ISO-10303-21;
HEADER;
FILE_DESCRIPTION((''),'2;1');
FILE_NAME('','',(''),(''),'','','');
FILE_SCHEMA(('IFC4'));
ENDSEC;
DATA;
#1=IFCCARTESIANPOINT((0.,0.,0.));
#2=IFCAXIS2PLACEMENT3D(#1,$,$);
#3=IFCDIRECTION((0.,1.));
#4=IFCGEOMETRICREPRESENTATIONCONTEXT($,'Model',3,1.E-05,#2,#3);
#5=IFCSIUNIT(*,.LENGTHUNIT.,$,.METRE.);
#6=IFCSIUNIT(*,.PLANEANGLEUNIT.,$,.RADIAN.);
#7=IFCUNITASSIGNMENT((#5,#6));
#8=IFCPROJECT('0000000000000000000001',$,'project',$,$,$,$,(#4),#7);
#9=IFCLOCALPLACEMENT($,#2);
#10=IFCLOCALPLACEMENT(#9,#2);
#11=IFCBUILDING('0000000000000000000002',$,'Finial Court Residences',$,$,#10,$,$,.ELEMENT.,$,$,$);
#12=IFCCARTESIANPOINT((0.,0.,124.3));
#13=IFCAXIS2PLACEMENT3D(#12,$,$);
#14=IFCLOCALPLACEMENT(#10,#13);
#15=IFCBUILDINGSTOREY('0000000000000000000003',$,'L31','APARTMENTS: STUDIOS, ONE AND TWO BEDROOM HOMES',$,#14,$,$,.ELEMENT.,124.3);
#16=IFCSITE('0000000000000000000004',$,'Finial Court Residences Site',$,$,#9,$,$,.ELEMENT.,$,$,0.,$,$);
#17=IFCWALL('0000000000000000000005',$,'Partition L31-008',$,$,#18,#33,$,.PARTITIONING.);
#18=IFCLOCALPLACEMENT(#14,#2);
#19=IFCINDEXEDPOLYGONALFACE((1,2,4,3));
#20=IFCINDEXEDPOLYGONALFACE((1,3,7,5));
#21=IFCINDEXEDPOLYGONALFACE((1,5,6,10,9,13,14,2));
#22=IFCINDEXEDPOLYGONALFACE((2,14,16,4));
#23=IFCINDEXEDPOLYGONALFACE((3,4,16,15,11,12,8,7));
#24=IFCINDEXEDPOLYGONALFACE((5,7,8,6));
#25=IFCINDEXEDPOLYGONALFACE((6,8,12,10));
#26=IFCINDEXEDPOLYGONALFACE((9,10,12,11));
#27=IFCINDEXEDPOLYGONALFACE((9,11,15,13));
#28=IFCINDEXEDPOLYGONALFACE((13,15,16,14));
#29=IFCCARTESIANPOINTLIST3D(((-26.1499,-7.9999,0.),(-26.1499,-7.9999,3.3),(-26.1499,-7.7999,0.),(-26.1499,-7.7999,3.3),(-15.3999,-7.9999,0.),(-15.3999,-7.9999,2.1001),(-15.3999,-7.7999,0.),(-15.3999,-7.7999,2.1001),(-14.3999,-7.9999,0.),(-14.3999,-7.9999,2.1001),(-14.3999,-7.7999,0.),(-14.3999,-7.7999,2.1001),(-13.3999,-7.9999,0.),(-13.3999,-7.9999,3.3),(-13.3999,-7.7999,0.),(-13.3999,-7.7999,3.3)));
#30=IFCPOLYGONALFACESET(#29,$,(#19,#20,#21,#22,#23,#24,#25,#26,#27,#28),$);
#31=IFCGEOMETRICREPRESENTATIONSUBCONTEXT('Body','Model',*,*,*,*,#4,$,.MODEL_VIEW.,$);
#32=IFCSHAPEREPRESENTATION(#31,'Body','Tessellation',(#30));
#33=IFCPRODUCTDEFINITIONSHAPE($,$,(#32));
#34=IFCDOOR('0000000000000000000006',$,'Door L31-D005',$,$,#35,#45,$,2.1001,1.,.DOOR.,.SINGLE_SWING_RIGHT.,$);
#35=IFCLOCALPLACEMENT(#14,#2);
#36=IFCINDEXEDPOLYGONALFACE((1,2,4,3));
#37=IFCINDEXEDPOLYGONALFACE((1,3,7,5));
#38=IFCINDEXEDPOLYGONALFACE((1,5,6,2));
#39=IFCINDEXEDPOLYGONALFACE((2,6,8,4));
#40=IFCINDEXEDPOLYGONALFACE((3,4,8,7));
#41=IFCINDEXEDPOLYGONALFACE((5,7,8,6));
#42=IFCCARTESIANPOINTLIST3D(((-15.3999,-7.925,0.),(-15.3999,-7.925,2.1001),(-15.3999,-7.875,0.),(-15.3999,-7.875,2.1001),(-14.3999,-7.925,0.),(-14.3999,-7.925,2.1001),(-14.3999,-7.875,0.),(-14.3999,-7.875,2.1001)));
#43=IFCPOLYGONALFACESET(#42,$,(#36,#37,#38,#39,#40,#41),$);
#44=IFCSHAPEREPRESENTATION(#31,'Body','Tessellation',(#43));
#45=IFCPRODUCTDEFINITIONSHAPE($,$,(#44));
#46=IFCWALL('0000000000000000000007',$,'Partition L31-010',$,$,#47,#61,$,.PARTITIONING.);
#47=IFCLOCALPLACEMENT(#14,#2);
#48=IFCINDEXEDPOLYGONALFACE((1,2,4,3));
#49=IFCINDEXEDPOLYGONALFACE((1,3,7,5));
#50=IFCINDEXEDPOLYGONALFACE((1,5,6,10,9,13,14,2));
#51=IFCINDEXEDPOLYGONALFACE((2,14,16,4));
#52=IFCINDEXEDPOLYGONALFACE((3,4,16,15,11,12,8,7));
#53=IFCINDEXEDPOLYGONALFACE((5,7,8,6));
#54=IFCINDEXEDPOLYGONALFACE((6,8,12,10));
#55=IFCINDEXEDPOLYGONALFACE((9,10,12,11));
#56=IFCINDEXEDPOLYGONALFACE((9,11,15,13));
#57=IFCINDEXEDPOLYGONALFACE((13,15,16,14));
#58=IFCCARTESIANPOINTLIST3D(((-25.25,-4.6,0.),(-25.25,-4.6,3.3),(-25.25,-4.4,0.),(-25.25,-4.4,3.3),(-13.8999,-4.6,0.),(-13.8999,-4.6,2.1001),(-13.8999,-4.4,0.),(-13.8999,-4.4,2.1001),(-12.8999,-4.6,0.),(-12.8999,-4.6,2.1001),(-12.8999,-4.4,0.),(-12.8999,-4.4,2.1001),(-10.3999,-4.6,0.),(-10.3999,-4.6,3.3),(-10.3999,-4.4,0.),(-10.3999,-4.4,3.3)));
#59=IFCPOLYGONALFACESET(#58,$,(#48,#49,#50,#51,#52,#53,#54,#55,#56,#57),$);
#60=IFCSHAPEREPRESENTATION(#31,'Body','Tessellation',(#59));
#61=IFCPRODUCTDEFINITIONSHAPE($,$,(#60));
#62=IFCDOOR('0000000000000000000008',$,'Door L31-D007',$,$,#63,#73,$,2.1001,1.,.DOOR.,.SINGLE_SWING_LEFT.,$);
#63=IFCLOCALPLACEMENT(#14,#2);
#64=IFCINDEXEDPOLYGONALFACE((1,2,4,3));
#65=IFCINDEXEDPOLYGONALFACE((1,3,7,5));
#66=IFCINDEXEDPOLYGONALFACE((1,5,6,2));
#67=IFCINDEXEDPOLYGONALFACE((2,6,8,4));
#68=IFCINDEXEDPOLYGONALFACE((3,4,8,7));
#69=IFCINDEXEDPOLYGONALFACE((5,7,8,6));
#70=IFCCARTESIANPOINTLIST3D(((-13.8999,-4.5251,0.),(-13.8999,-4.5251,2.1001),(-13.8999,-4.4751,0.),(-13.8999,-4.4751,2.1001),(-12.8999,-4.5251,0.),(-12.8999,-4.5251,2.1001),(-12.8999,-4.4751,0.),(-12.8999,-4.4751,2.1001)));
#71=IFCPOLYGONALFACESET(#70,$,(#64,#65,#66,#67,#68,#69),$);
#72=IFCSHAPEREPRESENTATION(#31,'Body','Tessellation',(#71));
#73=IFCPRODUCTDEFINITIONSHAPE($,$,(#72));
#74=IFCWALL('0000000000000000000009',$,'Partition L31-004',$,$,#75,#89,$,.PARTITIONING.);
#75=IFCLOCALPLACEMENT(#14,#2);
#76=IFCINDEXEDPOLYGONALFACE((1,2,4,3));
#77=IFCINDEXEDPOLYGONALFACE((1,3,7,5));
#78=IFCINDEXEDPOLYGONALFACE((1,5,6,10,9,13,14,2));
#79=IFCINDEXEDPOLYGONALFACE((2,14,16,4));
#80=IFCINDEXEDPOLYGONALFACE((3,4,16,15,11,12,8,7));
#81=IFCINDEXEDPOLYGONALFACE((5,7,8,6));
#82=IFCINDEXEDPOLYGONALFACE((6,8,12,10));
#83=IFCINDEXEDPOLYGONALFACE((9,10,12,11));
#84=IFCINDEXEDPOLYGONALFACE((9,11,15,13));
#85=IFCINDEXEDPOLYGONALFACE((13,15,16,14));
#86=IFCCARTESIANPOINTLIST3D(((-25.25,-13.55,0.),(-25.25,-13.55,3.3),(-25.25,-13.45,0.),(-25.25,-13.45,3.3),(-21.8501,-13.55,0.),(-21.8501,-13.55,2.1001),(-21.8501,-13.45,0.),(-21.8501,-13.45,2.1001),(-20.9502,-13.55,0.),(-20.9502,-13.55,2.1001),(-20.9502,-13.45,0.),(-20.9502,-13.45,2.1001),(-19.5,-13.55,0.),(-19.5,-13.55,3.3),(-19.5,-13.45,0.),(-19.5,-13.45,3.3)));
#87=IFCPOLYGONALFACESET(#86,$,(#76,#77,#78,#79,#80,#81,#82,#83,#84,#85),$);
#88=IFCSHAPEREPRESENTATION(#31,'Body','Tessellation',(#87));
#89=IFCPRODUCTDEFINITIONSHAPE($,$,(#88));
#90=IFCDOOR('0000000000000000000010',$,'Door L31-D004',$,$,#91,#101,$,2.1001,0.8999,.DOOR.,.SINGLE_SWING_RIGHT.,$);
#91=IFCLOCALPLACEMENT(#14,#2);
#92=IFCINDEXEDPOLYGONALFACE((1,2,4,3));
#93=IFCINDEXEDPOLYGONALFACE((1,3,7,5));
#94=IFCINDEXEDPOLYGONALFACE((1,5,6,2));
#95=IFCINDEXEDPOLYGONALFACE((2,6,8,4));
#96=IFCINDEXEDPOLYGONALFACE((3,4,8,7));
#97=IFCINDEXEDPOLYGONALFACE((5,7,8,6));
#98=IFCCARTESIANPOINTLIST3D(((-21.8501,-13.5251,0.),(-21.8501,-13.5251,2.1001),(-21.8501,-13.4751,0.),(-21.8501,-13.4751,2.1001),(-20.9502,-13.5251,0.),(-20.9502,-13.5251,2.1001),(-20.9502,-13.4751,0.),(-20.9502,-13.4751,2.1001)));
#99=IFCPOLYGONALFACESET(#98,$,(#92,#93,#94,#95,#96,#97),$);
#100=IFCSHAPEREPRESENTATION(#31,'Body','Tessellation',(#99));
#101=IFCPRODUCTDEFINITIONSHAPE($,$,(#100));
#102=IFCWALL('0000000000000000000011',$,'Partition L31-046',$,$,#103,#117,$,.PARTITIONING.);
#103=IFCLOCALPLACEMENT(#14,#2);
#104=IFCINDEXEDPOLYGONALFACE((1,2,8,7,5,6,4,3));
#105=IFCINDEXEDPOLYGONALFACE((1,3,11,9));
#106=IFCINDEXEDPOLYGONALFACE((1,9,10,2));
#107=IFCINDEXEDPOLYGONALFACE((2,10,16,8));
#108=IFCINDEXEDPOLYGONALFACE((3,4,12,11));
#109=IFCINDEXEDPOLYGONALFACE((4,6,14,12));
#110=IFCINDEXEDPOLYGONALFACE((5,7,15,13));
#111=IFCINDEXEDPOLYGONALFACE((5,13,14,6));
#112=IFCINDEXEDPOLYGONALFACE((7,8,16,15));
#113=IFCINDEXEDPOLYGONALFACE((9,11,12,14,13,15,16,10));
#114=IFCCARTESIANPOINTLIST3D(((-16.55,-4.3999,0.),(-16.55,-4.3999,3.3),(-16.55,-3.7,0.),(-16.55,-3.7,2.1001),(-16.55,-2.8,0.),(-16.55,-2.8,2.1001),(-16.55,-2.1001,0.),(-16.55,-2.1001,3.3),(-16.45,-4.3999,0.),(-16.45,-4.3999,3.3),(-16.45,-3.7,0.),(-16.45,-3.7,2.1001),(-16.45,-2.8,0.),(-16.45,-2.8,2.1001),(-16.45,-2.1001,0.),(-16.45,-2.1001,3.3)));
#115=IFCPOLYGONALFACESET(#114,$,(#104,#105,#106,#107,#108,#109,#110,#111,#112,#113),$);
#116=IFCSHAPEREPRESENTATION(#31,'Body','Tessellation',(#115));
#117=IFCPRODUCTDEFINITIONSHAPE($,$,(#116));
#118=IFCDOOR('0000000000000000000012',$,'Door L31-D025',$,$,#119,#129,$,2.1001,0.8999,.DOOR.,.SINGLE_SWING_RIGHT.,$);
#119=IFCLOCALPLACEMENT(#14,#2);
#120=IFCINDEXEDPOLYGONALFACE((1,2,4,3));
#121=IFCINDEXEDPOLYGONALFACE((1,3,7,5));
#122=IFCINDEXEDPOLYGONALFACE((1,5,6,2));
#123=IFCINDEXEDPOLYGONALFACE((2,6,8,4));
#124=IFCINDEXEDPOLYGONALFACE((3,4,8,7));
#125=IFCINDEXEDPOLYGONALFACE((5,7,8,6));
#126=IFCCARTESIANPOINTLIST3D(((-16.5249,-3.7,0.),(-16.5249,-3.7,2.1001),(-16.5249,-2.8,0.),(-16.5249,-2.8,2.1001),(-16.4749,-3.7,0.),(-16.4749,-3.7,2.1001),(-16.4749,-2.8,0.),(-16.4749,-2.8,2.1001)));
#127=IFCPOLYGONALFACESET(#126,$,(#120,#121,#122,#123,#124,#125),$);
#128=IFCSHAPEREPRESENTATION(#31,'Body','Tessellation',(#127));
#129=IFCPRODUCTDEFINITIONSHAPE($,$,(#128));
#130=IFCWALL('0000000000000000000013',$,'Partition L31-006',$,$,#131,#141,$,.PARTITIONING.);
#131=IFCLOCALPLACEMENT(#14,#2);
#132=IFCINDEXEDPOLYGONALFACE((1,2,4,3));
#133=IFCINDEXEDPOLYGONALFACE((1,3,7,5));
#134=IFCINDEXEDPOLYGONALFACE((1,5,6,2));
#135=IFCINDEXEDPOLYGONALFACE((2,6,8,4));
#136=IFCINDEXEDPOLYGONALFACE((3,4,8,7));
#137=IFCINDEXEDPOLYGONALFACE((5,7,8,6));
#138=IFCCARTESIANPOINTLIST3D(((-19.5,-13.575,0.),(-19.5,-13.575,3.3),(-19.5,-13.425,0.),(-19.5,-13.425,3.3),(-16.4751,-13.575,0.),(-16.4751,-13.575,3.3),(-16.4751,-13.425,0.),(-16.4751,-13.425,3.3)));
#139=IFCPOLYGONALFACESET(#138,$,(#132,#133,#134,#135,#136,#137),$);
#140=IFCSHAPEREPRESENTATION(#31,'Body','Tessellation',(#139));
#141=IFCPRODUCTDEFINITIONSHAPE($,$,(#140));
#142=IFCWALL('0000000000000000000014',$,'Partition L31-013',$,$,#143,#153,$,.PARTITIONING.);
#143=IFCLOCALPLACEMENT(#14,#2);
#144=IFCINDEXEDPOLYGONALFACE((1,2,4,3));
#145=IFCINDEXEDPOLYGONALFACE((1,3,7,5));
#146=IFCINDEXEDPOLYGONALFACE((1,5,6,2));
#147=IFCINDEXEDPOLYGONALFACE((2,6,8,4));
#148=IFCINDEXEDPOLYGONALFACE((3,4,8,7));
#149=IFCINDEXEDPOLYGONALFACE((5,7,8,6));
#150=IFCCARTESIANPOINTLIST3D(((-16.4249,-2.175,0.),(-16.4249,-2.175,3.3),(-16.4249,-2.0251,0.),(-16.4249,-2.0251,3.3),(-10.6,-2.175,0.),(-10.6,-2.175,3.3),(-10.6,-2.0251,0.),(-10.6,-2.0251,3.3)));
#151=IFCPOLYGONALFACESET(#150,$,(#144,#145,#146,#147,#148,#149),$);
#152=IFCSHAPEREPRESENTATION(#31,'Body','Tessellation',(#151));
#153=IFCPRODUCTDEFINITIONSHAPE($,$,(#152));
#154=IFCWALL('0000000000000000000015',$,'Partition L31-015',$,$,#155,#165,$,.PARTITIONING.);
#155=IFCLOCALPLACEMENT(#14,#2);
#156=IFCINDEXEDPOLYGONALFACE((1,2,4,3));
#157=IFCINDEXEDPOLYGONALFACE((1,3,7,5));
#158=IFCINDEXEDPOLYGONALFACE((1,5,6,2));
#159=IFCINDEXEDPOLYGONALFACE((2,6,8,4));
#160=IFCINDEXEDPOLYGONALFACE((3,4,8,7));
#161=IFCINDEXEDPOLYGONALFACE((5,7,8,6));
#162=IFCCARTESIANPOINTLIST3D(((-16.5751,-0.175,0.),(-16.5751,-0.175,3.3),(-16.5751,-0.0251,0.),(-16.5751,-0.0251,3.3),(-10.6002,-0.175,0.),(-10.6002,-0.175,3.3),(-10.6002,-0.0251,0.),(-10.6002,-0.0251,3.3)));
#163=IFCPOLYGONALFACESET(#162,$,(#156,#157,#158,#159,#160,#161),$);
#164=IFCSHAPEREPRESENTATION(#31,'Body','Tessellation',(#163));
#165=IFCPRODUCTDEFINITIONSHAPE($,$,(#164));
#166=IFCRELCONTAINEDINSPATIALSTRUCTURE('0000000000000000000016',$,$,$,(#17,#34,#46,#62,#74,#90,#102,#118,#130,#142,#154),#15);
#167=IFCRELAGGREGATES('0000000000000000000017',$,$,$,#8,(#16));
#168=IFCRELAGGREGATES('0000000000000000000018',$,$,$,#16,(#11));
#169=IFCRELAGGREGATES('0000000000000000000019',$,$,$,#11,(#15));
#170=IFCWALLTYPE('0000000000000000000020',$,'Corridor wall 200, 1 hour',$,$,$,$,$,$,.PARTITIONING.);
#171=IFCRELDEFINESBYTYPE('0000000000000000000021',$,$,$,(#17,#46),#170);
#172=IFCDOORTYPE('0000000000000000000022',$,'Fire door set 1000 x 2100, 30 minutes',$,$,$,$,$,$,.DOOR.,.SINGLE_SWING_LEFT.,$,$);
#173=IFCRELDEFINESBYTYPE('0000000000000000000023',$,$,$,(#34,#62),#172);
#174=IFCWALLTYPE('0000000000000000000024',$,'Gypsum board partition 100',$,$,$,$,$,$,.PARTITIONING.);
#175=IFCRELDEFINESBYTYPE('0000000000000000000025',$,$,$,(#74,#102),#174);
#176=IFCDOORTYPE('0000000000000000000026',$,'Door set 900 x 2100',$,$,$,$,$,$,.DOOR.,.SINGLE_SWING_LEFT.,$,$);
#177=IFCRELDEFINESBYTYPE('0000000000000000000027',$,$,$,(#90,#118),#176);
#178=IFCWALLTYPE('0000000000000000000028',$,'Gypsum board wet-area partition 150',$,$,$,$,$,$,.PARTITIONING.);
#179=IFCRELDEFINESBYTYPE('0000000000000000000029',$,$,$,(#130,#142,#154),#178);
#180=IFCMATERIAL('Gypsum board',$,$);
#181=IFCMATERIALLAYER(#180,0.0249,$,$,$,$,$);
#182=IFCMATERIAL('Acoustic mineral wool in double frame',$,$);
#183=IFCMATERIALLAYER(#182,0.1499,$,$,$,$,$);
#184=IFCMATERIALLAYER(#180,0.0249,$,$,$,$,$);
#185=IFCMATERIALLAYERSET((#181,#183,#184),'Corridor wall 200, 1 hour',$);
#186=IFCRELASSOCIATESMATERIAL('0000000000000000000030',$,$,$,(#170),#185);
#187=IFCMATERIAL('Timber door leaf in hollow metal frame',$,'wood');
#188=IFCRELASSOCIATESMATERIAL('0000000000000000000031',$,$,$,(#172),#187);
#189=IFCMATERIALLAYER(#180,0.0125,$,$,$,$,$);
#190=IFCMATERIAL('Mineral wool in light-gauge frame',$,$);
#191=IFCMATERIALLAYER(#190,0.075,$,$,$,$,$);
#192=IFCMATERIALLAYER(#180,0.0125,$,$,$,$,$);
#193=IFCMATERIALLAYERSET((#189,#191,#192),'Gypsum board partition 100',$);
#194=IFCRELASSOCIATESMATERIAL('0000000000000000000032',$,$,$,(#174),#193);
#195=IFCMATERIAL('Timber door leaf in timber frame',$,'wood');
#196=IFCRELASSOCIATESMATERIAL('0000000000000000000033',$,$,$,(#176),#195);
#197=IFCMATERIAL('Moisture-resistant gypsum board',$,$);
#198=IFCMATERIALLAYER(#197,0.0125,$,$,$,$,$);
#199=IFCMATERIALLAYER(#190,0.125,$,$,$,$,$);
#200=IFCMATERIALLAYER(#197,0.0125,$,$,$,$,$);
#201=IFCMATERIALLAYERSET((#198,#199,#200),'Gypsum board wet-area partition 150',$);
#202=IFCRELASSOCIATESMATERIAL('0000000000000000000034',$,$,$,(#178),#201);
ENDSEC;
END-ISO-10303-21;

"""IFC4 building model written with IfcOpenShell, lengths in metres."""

from ifc_helpers import new_model, si_unit, direction, frame, frame_2d, origin, place, context, subcontext, project, spatial, rectangle, extrude, material, layer, layer_set, type_object, element, fill, save


model = new_model("IFC4")

# Units and contexts
model_context = context("Model", 3, precision=1e-05, world=origin(), true_north=direction((0.0, 1.0)))
body_context = subcontext(model_context, "Body", "Model", "MODEL_VIEW")
ifc_project = project(units=[si_unit("LENGTHUNIT", "METRE"), si_unit("PLANEANGLEUNIT", "RADIAN")], contexts=[model_context])

# Site, building, storey
site_placement = place(None, origin())
site = spatial("IfcSite", under=ifc_project, at=site_placement, Name="Finial Court Residences Site", CompositionType="ELEMENT", RefElevation=0.0)
building_placement = place(site_placement, origin())
building = spatial("IfcBuilding", under=site, at=building_placement, Name="Finial Court Residences", CompositionType="ELEMENT")
storey_placement = place(building_placement, frame((0.0, 0.0, 124.3)))
storey = spatial("IfcBuildingStorey", under=building, at=storey_placement, Name="L31", Description="APARTMENTS: STUDIOS, ONE AND TWO BEDROOM HOMES", CompositionType="ELEMENT", Elevation=124.3)

# Walls, openings, doors
ifc_material_1 = material(Name="Gypsum board")
ifc_layer_1 = layer(ifc_material_1, 0.0249)
ifc_material_2 = material(Name="Acoustic mineral wool in double frame")
ifc_layer_2 = layer(ifc_material_2, 0.1499)
ifc_layer_3 = layer(ifc_material_1, 0.0249)
ifc_layer_set_1 = layer_set([ifc_layer_1, ifc_layer_2, ifc_layer_3], Name="Corridor wall 200, 1 hour")
wall_type_1 = type_object("IfcWallType", Name="Corridor wall 200, 1 hour", PredefinedType="PARTITIONING", material=ifc_layer_set_1)
wall_1_placement = place(storey_placement, frame((-26.1499, -7.8999, 0.0), z_axis=(0.0, 0.0, 1.0), x_axis=(1.0, 0.0, 0.0)))
wall_1 = element("IfcWall", 1, at=wall_1_placement, inside=storey, type_object=wall_type_1, Name="Partition L31-008", PredefinedType="PARTITIONING", context=body_context, shape_type="SweptSolid", body=[
    extrude(rectangle(XDim=12.75, YDim=0.2, at=frame_2d((6.375, 0.0))), origin(), (0.0, 0.0, 1.0), 3.3),
])
opening_1_placement = place(wall_1_placement, frame((10.75, 0.0, 0.0)))
opening_1 = element("IfcOpeningElement", 2, at=opening_1_placement, cuts=wall_1, PredefinedType="OPENING", context=body_context, shape_type="SweptSolid", body=[
    extrude(rectangle(XDim=1.0, YDim=2.1001, at=frame_2d((0.5, 1.05))), frame((0.0, 0.1099, 0.0), z_axis=(0.0, -1.0, 0.0), x_axis=(1.0, 0.0, 0.0)), (0.0, 0.0, 1.0), 0.22),
])
ifc_material_3 = material(Name="Timber door leaf in hollow metal frame", Category="wood")
door_type_1 = type_object("IfcDoorType", Name="Fire door set 1000 x 2100, 30 minutes", OperationType="SINGLE_SWING_LEFT", PredefinedType="DOOR", material=ifc_material_3)
door_1_placement = place(opening_1_placement, origin())
door_1 = element("IfcDoor", 3, at=door_1_placement, inside=storey, type_object=door_type_1, Name="Door L31-D005", OperationType="SINGLE_SWING_RIGHT", OverallHeight=2.1001, OverallWidth=1.0, PredefinedType="DOOR", context=body_context, shape_type="SweptSolid", body=[
    extrude(rectangle(XDim=1.0, YDim=2.1001, at=frame_2d((0.5, 1.05))), frame((0.0, 0.0249, 0.0), z_axis=(0.0, -1.0, 0.0), x_axis=(1.0, 0.0, 0.0)), (0.0, 0.0, 1.0), 0.05),
])
fill(opening_1, door_1)
wall_2_placement = place(storey_placement, frame((-25.25, -4.5, 0.0), z_axis=(0.0, 0.0, 1.0), x_axis=(1.0, 0.0, 0.0)))
wall_2 = element("IfcWall", 4, at=wall_2_placement, inside=storey, type_object=wall_type_1, Name="Partition L31-010", PredefinedType="PARTITIONING", context=body_context, shape_type="SweptSolid", body=[
    extrude(rectangle(XDim=14.8501, YDim=0.2, at=frame_2d((7.425, 0.0))), origin(), (0.0, 0.0, 1.0), 3.3),
])
opening_2_placement = place(wall_2_placement, frame((11.3501, 0.0, 0.0)))
opening_2 = element("IfcOpeningElement", 5, at=opening_2_placement, cuts=wall_2, PredefinedType="OPENING", context=body_context, shape_type="SweptSolid", body=[
    extrude(rectangle(XDim=1.0, YDim=2.1001, at=frame_2d((0.5, 1.05))), frame((0.0, 0.1099, 0.0), z_axis=(0.0, -1.0, 0.0), x_axis=(1.0, 0.0, 0.0)), (0.0, 0.0, 1.0), 0.22),
])
door_2_placement = place(opening_2_placement, origin())
door_2 = element("IfcDoor", 6, at=door_2_placement, inside=storey, type_object=door_type_1, Name="Door L31-D007", OperationType="SINGLE_SWING_LEFT", OverallHeight=2.1001, OverallWidth=1.0, PredefinedType="DOOR", context=body_context, shape_type="SweptSolid", body=[
    extrude(rectangle(XDim=1.0, YDim=2.1001, at=frame_2d((0.5, 1.05))), frame((0.0, 0.0249, 0.0), z_axis=(0.0, -1.0, 0.0), x_axis=(1.0, 0.0, 0.0)), (0.0, 0.0, 1.0), 0.05),
])
fill(opening_2, door_2)
ifc_layer_4 = layer(ifc_material_1, 0.0125)
ifc_material_4 = material(Name="Mineral wool in light-gauge frame")
ifc_layer_5 = layer(ifc_material_4, 0.075)
ifc_layer_6 = layer(ifc_material_1, 0.0125)
ifc_layer_set_2 = layer_set([ifc_layer_4, ifc_layer_5, ifc_layer_6], Name="Gypsum board partition 100")
wall_type_2 = type_object("IfcWallType", Name="Gypsum board partition 100", PredefinedType="PARTITIONING", material=ifc_layer_set_2)
wall_3_placement = place(storey_placement, frame((-25.25, -13.5, 0.0), z_axis=(0.0, 0.0, 1.0), x_axis=(1.0, 0.0, 0.0)))
wall_3 = element("IfcWall", 7, at=wall_3_placement, inside=storey, type_object=wall_type_2, Name="Partition L31-004", PredefinedType="PARTITIONING", context=body_context, shape_type="SweptSolid", body=[
    extrude(rectangle(XDim=5.75, YDim=0.1001, at=frame_2d((2.875, 0.0))), origin(), (0.0, 0.0, 1.0), 3.3),
])
opening_3_placement = place(wall_3_placement, frame((3.3999, 0.0, 0.0)))
opening_3 = element("IfcOpeningElement", 8, at=opening_3_placement, cuts=wall_3, PredefinedType="OPENING", context=body_context, shape_type="SweptSolid", body=[
    extrude(rectangle(XDim=0.8999, YDim=2.1001, at=frame_2d((0.45, 1.05))), frame((0.0, 0.0601, 0.0), z_axis=(0.0, -1.0, 0.0), x_axis=(1.0, 0.0, 0.0)), (0.0, 0.0, 1.0), 0.1201),
])
ifc_material_5 = material(Name="Timber door leaf in timber frame", Category="wood")
door_type_2 = type_object("IfcDoorType", Name="Door set 900 x 2100", OperationType="SINGLE_SWING_LEFT", PredefinedType="DOOR", material=ifc_material_5)
door_3_placement = place(opening_3_placement, origin())
door_3 = element("IfcDoor", 9, at=door_3_placement, inside=storey, type_object=door_type_2, Name="Door L31-D004", OperationType="SINGLE_SWING_RIGHT", OverallHeight=2.1001, OverallWidth=0.8999, PredefinedType="DOOR", context=body_context, shape_type="SweptSolid", body=[
    extrude(rectangle(XDim=0.8999, YDim=2.1001, at=frame_2d((0.45, 1.05))), frame((0.0, 0.0249, 0.0), z_axis=(0.0, -1.0, 0.0), x_axis=(1.0, 0.0, 0.0)), (0.0, 0.0, 1.0), 0.05),
])
fill(opening_3, door_3)
wall_4_placement = place(storey_placement, frame((-16.5, -4.3999, 0.0), z_axis=(0.0, 0.0, 1.0), x_axis=(0.0, 1.0, 0.0)))
wall_4 = element("IfcWall", 10, at=wall_4_placement, inside=storey, type_object=wall_type_2, Name="Partition L31-046", PredefinedType="PARTITIONING", context=body_context, shape_type="SweptSolid", body=[
    extrude(rectangle(XDim=2.2998, YDim=0.1001, at=frame_2d((1.1499, 0.0))), origin(), (0.0, 0.0, 1.0), 3.3),
])
opening_4_placement = place(wall_4_placement, frame((0.7, 0.0, 0.0)))
opening_4 = element("IfcOpeningElement", 11, at=opening_4_placement, cuts=wall_4, PredefinedType="OPENING", context=body_context, shape_type="SweptSolid", body=[
    extrude(rectangle(XDim=0.8999, YDim=2.1001, at=frame_2d((0.45, 1.05))), frame((0.0, 0.0601, 0.0), z_axis=(0.0, -1.0, 0.0), x_axis=(1.0, 0.0, 0.0)), (0.0, 0.0, 1.0), 0.1201),
])
door_4_placement = place(opening_4_placement, origin())
door_4 = element("IfcDoor", 12, at=door_4_placement, inside=storey, type_object=door_type_2, Name="Door L31-D025", OperationType="SINGLE_SWING_RIGHT", OverallHeight=2.1001, OverallWidth=0.8999, PredefinedType="DOOR", context=body_context, shape_type="SweptSolid", body=[
    extrude(rectangle(XDim=0.8999, YDim=2.1001, at=frame_2d((0.45, 1.05))), frame((0.0, 0.0249, 0.0), z_axis=(0.0, -1.0, 0.0), x_axis=(1.0, 0.0, 0.0)), (0.0, 0.0, 1.0), 0.05),
])
fill(opening_4, door_4)

# Walls
ifc_material_6 = material(Name="Moisture-resistant gypsum board")
ifc_layer_7 = layer(ifc_material_6, 0.0125)
ifc_layer_8 = layer(ifc_material_4, 0.125)
ifc_layer_9 = layer(ifc_material_6, 0.0125)
ifc_layer_set_3 = layer_set([ifc_layer_7, ifc_layer_8, ifc_layer_9], Name="Gypsum board wet-area partition 150")
wall_type_3 = type_object("IfcWallType", Name="Gypsum board wet-area partition 150", PredefinedType="PARTITIONING", material=ifc_layer_set_3)
wall_5_placement = place(storey_placement, frame((-19.5, -13.5, 0.0), z_axis=(0.0, 0.0, 1.0), x_axis=(1.0, 0.0, 0.0)))
element("IfcWall", 13, at=wall_5_placement, inside=storey, type_object=wall_type_3, Name="Partition L31-006", PredefinedType="PARTITIONING", context=body_context, shape_type="SweptSolid", body=[
    extrude(rectangle(XDim=3.0249, YDim=0.1499, at=frame_2d((1.5125, 0.0))), origin(), (0.0, 0.0, 1.0), 3.3),
])
wall_6_placement = place(storey_placement, frame((-16.425, -2.1001, 0.0), z_axis=(0.0, 0.0, 1.0), x_axis=(1.0, 0.0, 0.0)))
element("IfcWall", 14, at=wall_6_placement, inside=storey, type_object=wall_type_3, Name="Partition L31-013", PredefinedType="PARTITIONING", context=body_context, shape_type="SweptSolid", body=[
    extrude(rectangle(XDim=5.825, YDim=0.1499, at=frame_2d((2.9126, 0.0))), origin(), (0.0, 0.0, 1.0), 3.3),
])
wall_7_placement = place(storey_placement, frame((-16.575, -0.1001, 0.0), z_axis=(0.0, 0.0, 1.0), x_axis=(1.0, 0.0, 0.0)))
element("IfcWall", 15, at=wall_7_placement, inside=storey, type_object=wall_type_3, Name="Partition L31-015", PredefinedType="PARTITIONING", context=body_context, shape_type="SweptSolid", body=[
    extrude(rectangle(XDim=5.9749, YDim=0.1499, at=frame_2d((2.9873, 0.0))), origin(), (0.0, 0.0, 1.0), 3.3),
])

save(model, "model.ifc")
